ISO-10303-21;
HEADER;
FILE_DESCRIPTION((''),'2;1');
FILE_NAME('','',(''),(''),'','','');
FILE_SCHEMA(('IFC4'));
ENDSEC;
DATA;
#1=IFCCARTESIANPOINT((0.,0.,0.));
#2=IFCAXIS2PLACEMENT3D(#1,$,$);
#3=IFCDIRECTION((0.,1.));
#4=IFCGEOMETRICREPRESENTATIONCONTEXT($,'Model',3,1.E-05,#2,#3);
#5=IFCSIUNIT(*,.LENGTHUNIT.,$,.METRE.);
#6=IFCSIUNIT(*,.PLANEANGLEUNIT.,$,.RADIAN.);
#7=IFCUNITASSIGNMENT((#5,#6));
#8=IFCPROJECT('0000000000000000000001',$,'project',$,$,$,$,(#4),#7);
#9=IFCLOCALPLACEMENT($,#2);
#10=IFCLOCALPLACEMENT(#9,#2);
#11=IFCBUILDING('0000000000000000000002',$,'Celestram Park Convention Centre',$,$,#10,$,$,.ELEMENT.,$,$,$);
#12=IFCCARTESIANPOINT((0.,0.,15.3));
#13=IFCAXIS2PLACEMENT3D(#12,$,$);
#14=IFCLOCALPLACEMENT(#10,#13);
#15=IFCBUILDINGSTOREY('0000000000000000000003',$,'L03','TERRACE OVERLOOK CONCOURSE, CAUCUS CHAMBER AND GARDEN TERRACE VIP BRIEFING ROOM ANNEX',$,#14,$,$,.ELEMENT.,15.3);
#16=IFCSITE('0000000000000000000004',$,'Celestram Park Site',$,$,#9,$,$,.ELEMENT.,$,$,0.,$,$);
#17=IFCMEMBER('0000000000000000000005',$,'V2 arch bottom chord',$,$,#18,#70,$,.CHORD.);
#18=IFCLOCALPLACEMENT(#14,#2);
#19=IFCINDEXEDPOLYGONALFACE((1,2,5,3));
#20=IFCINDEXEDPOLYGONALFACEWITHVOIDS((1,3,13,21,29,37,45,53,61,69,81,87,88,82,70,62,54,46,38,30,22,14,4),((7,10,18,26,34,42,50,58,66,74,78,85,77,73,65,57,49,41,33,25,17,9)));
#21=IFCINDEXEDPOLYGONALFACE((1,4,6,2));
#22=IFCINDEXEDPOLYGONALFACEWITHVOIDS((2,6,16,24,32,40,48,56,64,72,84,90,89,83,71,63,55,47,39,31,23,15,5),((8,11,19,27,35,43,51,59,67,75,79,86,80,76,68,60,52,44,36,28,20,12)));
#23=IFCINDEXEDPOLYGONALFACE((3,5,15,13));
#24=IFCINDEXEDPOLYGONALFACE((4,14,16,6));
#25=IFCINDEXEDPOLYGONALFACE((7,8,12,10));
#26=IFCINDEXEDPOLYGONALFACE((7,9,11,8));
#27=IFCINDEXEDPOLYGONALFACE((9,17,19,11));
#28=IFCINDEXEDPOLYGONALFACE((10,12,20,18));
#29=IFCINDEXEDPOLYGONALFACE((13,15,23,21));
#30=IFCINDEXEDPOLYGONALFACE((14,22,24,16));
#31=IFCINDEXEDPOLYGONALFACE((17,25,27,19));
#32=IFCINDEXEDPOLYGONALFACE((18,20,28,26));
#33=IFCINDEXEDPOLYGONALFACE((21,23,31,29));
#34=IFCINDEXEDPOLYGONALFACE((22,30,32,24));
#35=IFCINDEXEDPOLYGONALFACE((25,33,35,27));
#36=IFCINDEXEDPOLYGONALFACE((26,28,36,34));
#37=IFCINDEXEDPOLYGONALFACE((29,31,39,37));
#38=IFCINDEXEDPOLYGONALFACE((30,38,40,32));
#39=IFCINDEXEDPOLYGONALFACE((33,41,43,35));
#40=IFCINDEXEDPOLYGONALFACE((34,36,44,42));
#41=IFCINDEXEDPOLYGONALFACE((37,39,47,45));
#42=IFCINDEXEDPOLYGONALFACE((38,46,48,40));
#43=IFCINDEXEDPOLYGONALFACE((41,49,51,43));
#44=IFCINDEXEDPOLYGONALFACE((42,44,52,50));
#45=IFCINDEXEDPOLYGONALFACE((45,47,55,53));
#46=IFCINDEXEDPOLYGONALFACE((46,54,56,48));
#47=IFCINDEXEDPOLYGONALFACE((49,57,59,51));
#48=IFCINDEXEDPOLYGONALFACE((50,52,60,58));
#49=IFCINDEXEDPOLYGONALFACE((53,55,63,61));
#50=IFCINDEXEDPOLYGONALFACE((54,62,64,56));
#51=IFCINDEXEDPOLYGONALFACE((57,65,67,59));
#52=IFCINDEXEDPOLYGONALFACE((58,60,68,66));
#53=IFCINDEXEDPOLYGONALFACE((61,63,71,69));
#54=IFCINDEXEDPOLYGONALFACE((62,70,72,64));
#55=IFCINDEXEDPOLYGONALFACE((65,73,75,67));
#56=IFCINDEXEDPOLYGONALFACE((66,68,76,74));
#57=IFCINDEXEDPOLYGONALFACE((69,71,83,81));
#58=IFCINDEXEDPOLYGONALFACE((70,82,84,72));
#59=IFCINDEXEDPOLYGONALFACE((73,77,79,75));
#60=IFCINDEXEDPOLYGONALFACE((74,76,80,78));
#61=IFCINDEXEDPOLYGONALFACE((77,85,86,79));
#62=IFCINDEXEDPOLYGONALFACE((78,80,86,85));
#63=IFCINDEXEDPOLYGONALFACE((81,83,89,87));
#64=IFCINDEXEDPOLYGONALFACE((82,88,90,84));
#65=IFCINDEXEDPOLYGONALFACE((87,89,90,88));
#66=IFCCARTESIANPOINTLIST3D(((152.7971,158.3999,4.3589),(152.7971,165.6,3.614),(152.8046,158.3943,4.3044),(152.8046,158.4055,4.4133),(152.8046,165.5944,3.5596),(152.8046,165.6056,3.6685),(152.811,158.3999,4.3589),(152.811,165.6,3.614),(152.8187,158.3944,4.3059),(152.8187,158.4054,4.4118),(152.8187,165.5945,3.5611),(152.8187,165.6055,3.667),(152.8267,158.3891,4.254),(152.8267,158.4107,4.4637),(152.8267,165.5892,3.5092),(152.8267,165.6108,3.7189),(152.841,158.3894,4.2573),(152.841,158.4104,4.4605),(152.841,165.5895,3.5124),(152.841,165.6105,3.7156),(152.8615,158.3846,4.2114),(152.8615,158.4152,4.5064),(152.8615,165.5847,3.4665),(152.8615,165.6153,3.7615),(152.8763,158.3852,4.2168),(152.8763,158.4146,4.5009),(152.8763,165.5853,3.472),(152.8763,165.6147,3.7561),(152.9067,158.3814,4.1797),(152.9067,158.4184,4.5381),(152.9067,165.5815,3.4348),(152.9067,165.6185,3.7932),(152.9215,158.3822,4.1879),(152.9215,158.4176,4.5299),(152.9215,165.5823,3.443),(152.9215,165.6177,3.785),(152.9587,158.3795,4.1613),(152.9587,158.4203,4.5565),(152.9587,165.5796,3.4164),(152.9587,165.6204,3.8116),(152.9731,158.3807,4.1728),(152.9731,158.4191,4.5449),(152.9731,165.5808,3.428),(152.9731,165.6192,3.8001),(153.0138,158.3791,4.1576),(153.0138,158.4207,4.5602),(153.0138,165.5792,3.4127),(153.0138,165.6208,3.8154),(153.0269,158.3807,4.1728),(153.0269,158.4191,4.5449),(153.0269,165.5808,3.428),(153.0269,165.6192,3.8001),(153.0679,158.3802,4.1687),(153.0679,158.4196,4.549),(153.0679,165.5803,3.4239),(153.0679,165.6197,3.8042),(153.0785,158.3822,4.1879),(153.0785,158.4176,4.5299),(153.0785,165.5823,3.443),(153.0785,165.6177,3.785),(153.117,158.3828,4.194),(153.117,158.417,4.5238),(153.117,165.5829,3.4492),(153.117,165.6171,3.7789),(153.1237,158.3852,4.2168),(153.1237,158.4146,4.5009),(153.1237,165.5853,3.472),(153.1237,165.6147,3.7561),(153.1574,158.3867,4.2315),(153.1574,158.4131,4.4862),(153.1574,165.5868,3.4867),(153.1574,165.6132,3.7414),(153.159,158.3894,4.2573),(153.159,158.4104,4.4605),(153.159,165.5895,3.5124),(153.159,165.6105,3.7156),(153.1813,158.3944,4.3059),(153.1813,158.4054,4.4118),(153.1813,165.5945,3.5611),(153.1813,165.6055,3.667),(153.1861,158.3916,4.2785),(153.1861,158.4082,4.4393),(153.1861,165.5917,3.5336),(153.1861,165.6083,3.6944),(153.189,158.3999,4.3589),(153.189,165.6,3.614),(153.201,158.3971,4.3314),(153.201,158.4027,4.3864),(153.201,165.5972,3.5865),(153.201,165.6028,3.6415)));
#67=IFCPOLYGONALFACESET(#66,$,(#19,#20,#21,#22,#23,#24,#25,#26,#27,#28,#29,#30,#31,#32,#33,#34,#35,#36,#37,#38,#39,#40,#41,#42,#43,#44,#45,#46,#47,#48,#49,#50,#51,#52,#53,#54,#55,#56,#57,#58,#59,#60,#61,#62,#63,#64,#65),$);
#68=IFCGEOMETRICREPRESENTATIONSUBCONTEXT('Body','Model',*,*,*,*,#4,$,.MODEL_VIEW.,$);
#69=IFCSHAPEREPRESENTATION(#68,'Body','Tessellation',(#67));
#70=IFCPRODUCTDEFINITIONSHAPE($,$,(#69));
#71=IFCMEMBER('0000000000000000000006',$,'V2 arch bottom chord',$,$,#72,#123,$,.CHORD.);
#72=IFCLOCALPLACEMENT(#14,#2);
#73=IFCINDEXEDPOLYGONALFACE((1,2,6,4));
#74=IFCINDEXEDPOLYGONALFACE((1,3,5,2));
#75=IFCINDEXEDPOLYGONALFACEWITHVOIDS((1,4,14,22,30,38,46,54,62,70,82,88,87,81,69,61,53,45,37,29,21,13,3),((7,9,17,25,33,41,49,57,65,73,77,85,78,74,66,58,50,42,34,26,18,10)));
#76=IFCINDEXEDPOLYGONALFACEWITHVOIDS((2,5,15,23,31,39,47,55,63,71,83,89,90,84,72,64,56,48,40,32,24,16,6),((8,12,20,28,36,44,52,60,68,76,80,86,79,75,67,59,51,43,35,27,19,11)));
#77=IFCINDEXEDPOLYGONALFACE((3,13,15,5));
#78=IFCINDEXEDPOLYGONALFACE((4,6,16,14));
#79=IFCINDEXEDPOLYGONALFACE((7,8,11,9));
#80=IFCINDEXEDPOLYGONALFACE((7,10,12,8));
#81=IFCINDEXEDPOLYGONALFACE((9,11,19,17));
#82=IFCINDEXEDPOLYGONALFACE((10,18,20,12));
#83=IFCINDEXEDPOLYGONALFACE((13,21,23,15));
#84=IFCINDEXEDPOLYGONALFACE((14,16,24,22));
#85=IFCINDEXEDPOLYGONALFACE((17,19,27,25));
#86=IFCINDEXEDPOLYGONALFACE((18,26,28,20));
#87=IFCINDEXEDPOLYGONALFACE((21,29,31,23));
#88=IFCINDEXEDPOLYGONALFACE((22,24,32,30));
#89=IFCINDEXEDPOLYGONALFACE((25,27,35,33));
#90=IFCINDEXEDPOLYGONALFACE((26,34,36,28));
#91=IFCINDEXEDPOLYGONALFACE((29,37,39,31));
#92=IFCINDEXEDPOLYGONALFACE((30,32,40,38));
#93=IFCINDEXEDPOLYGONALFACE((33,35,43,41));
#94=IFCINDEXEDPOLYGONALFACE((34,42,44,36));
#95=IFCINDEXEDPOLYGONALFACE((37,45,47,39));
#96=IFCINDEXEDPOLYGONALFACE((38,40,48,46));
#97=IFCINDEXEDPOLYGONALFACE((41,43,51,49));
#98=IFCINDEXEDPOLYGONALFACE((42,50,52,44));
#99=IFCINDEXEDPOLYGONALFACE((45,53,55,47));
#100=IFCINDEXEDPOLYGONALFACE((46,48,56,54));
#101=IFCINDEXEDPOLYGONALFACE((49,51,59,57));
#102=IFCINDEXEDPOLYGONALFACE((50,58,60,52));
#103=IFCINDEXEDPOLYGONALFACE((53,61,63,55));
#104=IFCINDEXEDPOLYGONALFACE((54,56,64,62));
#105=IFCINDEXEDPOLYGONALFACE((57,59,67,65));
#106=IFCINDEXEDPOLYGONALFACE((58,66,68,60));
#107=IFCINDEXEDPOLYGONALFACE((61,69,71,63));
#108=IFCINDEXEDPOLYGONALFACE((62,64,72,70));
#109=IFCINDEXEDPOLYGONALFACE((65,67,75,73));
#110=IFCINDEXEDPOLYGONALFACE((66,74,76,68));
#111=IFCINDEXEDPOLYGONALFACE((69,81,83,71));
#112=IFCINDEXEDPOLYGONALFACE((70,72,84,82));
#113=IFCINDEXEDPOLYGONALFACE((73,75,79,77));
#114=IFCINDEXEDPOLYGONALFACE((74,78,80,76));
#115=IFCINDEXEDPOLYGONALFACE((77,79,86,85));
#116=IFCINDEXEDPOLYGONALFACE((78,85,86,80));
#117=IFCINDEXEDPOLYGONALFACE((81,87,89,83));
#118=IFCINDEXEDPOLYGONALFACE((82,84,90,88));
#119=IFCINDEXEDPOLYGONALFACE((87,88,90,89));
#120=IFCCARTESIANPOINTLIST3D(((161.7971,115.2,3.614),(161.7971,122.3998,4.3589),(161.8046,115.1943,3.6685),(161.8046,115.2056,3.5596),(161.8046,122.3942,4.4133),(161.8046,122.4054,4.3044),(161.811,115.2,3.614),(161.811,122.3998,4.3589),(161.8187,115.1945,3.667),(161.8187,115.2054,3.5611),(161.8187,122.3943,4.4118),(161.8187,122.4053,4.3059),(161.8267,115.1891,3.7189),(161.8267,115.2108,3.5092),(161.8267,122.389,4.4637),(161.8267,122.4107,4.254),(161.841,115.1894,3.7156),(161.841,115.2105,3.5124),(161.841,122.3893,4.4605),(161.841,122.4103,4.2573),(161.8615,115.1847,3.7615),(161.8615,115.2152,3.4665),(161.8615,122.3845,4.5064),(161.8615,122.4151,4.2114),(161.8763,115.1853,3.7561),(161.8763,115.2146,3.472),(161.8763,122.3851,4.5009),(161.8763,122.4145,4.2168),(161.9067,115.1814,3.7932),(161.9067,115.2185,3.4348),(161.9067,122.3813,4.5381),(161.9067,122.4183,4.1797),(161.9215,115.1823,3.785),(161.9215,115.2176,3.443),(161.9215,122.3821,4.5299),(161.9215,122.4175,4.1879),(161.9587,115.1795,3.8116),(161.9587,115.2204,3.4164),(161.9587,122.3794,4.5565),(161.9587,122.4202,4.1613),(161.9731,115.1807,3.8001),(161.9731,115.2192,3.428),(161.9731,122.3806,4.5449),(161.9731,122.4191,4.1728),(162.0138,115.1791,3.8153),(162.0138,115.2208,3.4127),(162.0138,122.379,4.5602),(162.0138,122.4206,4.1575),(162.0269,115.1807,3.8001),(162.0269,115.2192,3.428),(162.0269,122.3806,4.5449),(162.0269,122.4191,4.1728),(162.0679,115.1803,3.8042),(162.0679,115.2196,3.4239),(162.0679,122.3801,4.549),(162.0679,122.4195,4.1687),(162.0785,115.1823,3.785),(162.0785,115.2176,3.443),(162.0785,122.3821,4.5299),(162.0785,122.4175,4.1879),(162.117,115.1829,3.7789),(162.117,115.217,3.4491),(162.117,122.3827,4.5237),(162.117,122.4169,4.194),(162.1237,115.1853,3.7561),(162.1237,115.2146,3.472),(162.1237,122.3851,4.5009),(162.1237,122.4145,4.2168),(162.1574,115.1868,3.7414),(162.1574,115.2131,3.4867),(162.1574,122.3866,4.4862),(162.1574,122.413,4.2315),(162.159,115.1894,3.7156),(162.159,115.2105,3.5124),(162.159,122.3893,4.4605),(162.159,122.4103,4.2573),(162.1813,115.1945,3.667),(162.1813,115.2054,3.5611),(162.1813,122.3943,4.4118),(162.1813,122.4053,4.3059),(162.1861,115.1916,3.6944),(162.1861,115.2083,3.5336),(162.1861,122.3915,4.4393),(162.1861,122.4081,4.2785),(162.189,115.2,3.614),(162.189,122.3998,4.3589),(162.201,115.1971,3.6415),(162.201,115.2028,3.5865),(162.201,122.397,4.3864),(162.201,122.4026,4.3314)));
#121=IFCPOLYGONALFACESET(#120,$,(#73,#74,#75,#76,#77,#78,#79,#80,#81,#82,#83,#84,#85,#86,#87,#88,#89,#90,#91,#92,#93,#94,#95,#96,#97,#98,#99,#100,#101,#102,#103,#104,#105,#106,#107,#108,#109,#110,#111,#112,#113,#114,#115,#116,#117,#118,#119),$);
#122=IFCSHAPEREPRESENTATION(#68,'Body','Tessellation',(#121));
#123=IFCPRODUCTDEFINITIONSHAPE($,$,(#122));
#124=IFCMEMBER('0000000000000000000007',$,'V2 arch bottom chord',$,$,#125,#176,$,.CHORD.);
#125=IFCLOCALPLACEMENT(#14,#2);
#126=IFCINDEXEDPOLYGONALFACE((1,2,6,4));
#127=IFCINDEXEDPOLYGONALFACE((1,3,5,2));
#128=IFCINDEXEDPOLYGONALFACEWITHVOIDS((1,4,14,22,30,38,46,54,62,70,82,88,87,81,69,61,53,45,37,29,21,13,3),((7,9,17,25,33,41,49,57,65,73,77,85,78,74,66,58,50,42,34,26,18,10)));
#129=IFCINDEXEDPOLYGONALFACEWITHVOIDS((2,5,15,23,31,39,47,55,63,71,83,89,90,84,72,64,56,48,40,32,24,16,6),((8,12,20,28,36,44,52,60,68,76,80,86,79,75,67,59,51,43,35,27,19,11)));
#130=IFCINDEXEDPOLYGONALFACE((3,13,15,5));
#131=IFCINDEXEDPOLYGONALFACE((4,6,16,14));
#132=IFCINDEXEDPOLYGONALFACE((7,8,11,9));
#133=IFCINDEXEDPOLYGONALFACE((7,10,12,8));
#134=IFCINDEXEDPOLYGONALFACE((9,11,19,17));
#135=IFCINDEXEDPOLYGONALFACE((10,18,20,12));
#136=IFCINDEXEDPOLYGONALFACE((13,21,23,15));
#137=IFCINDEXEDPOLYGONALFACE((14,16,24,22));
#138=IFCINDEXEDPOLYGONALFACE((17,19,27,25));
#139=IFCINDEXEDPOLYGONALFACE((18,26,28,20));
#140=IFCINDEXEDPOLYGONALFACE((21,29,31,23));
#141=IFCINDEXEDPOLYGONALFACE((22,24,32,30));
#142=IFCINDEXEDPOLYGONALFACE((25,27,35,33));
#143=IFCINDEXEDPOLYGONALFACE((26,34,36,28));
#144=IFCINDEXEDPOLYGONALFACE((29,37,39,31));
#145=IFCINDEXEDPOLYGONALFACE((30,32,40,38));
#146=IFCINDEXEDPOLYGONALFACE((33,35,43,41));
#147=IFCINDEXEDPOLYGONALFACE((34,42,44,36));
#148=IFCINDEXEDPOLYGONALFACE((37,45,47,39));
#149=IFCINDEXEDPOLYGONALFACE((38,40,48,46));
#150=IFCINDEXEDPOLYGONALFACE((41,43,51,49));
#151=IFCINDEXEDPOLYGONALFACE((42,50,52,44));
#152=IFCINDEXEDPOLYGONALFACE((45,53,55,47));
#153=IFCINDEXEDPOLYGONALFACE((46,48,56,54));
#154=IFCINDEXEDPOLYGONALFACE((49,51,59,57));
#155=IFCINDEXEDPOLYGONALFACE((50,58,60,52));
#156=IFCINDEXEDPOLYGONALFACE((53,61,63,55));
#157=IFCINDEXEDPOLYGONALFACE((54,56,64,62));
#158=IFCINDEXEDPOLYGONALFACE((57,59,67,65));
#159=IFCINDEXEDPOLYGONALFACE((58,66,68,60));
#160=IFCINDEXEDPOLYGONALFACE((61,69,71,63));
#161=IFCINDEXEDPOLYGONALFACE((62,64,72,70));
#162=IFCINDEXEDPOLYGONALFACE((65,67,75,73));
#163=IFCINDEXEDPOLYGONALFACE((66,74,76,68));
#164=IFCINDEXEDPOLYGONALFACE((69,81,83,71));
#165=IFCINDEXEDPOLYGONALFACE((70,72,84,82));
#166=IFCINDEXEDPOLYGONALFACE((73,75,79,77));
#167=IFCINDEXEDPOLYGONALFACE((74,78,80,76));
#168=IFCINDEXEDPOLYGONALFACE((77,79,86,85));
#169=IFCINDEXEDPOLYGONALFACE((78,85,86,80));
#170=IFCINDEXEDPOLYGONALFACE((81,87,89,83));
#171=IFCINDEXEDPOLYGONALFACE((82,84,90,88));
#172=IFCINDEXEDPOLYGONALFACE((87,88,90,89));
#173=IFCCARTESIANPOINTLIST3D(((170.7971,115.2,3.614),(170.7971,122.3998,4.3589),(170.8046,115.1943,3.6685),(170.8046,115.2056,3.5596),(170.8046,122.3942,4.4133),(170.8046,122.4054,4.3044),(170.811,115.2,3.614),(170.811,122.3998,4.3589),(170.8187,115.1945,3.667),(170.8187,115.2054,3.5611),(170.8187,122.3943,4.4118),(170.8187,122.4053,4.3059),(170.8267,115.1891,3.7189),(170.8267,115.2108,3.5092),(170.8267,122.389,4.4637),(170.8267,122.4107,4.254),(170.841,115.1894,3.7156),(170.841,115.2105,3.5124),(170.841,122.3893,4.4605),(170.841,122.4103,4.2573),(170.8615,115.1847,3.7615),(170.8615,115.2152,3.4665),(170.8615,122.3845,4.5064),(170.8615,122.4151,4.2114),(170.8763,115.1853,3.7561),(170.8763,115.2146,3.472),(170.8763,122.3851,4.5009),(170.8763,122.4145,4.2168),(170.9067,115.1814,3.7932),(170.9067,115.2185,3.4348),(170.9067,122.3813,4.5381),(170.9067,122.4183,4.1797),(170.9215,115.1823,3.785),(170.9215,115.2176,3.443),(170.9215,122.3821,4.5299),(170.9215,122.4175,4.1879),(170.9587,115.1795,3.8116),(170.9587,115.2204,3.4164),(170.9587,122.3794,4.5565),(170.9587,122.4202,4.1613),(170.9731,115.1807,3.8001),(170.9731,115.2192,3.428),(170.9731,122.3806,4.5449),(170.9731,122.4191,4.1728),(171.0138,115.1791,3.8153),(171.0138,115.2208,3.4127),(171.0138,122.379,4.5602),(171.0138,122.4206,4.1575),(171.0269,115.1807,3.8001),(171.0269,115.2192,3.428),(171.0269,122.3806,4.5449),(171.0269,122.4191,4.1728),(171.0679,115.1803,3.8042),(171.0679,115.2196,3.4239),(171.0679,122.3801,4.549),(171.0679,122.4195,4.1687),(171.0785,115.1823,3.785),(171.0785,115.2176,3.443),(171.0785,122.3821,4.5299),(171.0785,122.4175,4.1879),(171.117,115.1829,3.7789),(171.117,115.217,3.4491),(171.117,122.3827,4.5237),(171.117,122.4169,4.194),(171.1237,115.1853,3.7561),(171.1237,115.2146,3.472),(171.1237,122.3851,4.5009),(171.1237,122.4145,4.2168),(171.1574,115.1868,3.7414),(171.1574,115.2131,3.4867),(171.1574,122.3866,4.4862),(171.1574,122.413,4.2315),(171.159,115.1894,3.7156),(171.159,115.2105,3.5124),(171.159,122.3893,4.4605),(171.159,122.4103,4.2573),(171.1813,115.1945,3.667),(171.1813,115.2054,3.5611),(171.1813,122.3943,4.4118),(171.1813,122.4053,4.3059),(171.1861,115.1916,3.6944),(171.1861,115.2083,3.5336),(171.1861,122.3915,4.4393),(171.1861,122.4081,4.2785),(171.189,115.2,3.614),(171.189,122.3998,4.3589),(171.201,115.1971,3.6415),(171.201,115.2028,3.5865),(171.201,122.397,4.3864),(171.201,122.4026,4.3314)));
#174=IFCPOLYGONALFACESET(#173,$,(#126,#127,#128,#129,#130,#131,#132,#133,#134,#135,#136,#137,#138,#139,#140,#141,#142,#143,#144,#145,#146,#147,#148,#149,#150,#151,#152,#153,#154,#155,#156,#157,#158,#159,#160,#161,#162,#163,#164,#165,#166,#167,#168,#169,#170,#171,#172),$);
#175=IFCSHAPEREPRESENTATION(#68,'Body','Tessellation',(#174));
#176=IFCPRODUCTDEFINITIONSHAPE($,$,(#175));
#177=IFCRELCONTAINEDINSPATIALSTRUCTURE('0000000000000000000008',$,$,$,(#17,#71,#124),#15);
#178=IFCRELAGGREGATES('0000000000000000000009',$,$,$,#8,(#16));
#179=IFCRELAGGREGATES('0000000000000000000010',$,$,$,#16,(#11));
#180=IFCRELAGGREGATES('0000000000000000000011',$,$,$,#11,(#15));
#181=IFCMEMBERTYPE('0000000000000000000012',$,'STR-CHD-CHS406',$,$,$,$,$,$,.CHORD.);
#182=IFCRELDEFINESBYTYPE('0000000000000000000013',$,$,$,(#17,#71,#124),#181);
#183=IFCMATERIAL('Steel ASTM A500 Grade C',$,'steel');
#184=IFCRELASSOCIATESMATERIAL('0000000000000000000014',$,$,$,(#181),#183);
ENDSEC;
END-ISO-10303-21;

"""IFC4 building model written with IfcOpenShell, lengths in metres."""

from ifc_helpers import new_model, si_unit, direction, frame, origin, origin_2d, place, context, subcontext, project, spatial, hollow_circle, extrude, material, material_profile, profile_set, type_object, element, save


model = new_model("IFC4")

# Units and contexts
model_context = context("Model", 3, precision=1e-05, world=origin(), true_north=direction((0.0, 1.0)))
body_context = subcontext(model_context, "Body", "Model", "MODEL_VIEW")
ifc_project = project(units=[si_unit("LENGTHUNIT", "METRE"), si_unit("PLANEANGLEUNIT", "RADIAN")], contexts=[model_context])

# Site, building, storey
site_placement = place(None, origin())
site = spatial("IfcSite", under=ifc_project, at=site_placement, Name="Celestram Park Site", CompositionType="ELEMENT", RefElevation=0.0)
building_placement = place(site_placement, origin())
building = spatial("IfcBuilding", under=site, at=building_placement, Name="Celestram Park Convention Centre", CompositionType="ELEMENT")
storey_placement = place(building_placement, frame((0.0, 0.0, 15.3)))
storey = spatial("IfcBuildingStorey", under=building, at=storey_placement, Name="L03", Description="TERRACE OVERLOOK CONCOURSE, CAUCUS CHAMBER AND GARDEN TERRACE VIP BRIEFING ROOM ANNEX", CompositionType="ELEMENT", Elevation=15.3)

# Shared definitions
ifc_material_1 = material(Name="Steel ASTM A500 Grade C", Category="steel")

# Members
ifc_material_profile_1 = material_profile(ifc_material_1, hollow_circle(Radius=0.2029, WallThickness=0.0139, at=origin_2d()), Name="CHS406X14")
ifc_profile_set_1 = profile_set([ifc_material_profile_1], Name="Steel ASTM A500 Grade C")
member_type = type_object("IfcMemberType", Name="STR-CHD-CHS406", PredefinedType="CHORD", material=ifc_profile_set_1)
member_placement = place(storey_placement, frame((153.0, 158.3999, 4.3589), z_axis=(0.0, 0.994691, -0.102903), x_axis=(-1.0, 0.0, 0.0)))
element("IfcMember", 1, at=member_placement, inside=storey, type_object=member_type, Name="V2 arch bottom chord", PredefinedType="CHORD", context=body_context, shape_type="SweptSolid", body=[
    extrude(hollow_circle(Radius=0.2029, WallThickness=0.0139, at=origin_2d()), origin(), (0.0, 0.0, 1.0), 7.2385),
])
for number, where, z_axis, x_axis, name in (
    (2, (162.0, 115.2, 3.614), (0.0, 0.994691, 0.102906), (-1.0, 0.0, 0.0), "V2 arch bottom chord"),
    (3, (171.0, 115.2, 3.614), (0.0, 0.994691, 0.102906), (-1.0, 0.0, 0.0), "V2 arch bottom chord"),
):
    element("IfcMember", number, at=place(storey_placement, frame(where, z_axis=z_axis, x_axis=x_axis)), inside=storey, type_object=member_type, Name=name, PredefinedType="CHORD", context=body_context, shape_type="SweptSolid", body=[
        extrude(hollow_circle(Radius=0.2029, WallThickness=0.0139, at=origin_2d()), origin(), (0.0, 0.0, 1.0), 7.2383),
    ])

save(model, "model.ifc")
